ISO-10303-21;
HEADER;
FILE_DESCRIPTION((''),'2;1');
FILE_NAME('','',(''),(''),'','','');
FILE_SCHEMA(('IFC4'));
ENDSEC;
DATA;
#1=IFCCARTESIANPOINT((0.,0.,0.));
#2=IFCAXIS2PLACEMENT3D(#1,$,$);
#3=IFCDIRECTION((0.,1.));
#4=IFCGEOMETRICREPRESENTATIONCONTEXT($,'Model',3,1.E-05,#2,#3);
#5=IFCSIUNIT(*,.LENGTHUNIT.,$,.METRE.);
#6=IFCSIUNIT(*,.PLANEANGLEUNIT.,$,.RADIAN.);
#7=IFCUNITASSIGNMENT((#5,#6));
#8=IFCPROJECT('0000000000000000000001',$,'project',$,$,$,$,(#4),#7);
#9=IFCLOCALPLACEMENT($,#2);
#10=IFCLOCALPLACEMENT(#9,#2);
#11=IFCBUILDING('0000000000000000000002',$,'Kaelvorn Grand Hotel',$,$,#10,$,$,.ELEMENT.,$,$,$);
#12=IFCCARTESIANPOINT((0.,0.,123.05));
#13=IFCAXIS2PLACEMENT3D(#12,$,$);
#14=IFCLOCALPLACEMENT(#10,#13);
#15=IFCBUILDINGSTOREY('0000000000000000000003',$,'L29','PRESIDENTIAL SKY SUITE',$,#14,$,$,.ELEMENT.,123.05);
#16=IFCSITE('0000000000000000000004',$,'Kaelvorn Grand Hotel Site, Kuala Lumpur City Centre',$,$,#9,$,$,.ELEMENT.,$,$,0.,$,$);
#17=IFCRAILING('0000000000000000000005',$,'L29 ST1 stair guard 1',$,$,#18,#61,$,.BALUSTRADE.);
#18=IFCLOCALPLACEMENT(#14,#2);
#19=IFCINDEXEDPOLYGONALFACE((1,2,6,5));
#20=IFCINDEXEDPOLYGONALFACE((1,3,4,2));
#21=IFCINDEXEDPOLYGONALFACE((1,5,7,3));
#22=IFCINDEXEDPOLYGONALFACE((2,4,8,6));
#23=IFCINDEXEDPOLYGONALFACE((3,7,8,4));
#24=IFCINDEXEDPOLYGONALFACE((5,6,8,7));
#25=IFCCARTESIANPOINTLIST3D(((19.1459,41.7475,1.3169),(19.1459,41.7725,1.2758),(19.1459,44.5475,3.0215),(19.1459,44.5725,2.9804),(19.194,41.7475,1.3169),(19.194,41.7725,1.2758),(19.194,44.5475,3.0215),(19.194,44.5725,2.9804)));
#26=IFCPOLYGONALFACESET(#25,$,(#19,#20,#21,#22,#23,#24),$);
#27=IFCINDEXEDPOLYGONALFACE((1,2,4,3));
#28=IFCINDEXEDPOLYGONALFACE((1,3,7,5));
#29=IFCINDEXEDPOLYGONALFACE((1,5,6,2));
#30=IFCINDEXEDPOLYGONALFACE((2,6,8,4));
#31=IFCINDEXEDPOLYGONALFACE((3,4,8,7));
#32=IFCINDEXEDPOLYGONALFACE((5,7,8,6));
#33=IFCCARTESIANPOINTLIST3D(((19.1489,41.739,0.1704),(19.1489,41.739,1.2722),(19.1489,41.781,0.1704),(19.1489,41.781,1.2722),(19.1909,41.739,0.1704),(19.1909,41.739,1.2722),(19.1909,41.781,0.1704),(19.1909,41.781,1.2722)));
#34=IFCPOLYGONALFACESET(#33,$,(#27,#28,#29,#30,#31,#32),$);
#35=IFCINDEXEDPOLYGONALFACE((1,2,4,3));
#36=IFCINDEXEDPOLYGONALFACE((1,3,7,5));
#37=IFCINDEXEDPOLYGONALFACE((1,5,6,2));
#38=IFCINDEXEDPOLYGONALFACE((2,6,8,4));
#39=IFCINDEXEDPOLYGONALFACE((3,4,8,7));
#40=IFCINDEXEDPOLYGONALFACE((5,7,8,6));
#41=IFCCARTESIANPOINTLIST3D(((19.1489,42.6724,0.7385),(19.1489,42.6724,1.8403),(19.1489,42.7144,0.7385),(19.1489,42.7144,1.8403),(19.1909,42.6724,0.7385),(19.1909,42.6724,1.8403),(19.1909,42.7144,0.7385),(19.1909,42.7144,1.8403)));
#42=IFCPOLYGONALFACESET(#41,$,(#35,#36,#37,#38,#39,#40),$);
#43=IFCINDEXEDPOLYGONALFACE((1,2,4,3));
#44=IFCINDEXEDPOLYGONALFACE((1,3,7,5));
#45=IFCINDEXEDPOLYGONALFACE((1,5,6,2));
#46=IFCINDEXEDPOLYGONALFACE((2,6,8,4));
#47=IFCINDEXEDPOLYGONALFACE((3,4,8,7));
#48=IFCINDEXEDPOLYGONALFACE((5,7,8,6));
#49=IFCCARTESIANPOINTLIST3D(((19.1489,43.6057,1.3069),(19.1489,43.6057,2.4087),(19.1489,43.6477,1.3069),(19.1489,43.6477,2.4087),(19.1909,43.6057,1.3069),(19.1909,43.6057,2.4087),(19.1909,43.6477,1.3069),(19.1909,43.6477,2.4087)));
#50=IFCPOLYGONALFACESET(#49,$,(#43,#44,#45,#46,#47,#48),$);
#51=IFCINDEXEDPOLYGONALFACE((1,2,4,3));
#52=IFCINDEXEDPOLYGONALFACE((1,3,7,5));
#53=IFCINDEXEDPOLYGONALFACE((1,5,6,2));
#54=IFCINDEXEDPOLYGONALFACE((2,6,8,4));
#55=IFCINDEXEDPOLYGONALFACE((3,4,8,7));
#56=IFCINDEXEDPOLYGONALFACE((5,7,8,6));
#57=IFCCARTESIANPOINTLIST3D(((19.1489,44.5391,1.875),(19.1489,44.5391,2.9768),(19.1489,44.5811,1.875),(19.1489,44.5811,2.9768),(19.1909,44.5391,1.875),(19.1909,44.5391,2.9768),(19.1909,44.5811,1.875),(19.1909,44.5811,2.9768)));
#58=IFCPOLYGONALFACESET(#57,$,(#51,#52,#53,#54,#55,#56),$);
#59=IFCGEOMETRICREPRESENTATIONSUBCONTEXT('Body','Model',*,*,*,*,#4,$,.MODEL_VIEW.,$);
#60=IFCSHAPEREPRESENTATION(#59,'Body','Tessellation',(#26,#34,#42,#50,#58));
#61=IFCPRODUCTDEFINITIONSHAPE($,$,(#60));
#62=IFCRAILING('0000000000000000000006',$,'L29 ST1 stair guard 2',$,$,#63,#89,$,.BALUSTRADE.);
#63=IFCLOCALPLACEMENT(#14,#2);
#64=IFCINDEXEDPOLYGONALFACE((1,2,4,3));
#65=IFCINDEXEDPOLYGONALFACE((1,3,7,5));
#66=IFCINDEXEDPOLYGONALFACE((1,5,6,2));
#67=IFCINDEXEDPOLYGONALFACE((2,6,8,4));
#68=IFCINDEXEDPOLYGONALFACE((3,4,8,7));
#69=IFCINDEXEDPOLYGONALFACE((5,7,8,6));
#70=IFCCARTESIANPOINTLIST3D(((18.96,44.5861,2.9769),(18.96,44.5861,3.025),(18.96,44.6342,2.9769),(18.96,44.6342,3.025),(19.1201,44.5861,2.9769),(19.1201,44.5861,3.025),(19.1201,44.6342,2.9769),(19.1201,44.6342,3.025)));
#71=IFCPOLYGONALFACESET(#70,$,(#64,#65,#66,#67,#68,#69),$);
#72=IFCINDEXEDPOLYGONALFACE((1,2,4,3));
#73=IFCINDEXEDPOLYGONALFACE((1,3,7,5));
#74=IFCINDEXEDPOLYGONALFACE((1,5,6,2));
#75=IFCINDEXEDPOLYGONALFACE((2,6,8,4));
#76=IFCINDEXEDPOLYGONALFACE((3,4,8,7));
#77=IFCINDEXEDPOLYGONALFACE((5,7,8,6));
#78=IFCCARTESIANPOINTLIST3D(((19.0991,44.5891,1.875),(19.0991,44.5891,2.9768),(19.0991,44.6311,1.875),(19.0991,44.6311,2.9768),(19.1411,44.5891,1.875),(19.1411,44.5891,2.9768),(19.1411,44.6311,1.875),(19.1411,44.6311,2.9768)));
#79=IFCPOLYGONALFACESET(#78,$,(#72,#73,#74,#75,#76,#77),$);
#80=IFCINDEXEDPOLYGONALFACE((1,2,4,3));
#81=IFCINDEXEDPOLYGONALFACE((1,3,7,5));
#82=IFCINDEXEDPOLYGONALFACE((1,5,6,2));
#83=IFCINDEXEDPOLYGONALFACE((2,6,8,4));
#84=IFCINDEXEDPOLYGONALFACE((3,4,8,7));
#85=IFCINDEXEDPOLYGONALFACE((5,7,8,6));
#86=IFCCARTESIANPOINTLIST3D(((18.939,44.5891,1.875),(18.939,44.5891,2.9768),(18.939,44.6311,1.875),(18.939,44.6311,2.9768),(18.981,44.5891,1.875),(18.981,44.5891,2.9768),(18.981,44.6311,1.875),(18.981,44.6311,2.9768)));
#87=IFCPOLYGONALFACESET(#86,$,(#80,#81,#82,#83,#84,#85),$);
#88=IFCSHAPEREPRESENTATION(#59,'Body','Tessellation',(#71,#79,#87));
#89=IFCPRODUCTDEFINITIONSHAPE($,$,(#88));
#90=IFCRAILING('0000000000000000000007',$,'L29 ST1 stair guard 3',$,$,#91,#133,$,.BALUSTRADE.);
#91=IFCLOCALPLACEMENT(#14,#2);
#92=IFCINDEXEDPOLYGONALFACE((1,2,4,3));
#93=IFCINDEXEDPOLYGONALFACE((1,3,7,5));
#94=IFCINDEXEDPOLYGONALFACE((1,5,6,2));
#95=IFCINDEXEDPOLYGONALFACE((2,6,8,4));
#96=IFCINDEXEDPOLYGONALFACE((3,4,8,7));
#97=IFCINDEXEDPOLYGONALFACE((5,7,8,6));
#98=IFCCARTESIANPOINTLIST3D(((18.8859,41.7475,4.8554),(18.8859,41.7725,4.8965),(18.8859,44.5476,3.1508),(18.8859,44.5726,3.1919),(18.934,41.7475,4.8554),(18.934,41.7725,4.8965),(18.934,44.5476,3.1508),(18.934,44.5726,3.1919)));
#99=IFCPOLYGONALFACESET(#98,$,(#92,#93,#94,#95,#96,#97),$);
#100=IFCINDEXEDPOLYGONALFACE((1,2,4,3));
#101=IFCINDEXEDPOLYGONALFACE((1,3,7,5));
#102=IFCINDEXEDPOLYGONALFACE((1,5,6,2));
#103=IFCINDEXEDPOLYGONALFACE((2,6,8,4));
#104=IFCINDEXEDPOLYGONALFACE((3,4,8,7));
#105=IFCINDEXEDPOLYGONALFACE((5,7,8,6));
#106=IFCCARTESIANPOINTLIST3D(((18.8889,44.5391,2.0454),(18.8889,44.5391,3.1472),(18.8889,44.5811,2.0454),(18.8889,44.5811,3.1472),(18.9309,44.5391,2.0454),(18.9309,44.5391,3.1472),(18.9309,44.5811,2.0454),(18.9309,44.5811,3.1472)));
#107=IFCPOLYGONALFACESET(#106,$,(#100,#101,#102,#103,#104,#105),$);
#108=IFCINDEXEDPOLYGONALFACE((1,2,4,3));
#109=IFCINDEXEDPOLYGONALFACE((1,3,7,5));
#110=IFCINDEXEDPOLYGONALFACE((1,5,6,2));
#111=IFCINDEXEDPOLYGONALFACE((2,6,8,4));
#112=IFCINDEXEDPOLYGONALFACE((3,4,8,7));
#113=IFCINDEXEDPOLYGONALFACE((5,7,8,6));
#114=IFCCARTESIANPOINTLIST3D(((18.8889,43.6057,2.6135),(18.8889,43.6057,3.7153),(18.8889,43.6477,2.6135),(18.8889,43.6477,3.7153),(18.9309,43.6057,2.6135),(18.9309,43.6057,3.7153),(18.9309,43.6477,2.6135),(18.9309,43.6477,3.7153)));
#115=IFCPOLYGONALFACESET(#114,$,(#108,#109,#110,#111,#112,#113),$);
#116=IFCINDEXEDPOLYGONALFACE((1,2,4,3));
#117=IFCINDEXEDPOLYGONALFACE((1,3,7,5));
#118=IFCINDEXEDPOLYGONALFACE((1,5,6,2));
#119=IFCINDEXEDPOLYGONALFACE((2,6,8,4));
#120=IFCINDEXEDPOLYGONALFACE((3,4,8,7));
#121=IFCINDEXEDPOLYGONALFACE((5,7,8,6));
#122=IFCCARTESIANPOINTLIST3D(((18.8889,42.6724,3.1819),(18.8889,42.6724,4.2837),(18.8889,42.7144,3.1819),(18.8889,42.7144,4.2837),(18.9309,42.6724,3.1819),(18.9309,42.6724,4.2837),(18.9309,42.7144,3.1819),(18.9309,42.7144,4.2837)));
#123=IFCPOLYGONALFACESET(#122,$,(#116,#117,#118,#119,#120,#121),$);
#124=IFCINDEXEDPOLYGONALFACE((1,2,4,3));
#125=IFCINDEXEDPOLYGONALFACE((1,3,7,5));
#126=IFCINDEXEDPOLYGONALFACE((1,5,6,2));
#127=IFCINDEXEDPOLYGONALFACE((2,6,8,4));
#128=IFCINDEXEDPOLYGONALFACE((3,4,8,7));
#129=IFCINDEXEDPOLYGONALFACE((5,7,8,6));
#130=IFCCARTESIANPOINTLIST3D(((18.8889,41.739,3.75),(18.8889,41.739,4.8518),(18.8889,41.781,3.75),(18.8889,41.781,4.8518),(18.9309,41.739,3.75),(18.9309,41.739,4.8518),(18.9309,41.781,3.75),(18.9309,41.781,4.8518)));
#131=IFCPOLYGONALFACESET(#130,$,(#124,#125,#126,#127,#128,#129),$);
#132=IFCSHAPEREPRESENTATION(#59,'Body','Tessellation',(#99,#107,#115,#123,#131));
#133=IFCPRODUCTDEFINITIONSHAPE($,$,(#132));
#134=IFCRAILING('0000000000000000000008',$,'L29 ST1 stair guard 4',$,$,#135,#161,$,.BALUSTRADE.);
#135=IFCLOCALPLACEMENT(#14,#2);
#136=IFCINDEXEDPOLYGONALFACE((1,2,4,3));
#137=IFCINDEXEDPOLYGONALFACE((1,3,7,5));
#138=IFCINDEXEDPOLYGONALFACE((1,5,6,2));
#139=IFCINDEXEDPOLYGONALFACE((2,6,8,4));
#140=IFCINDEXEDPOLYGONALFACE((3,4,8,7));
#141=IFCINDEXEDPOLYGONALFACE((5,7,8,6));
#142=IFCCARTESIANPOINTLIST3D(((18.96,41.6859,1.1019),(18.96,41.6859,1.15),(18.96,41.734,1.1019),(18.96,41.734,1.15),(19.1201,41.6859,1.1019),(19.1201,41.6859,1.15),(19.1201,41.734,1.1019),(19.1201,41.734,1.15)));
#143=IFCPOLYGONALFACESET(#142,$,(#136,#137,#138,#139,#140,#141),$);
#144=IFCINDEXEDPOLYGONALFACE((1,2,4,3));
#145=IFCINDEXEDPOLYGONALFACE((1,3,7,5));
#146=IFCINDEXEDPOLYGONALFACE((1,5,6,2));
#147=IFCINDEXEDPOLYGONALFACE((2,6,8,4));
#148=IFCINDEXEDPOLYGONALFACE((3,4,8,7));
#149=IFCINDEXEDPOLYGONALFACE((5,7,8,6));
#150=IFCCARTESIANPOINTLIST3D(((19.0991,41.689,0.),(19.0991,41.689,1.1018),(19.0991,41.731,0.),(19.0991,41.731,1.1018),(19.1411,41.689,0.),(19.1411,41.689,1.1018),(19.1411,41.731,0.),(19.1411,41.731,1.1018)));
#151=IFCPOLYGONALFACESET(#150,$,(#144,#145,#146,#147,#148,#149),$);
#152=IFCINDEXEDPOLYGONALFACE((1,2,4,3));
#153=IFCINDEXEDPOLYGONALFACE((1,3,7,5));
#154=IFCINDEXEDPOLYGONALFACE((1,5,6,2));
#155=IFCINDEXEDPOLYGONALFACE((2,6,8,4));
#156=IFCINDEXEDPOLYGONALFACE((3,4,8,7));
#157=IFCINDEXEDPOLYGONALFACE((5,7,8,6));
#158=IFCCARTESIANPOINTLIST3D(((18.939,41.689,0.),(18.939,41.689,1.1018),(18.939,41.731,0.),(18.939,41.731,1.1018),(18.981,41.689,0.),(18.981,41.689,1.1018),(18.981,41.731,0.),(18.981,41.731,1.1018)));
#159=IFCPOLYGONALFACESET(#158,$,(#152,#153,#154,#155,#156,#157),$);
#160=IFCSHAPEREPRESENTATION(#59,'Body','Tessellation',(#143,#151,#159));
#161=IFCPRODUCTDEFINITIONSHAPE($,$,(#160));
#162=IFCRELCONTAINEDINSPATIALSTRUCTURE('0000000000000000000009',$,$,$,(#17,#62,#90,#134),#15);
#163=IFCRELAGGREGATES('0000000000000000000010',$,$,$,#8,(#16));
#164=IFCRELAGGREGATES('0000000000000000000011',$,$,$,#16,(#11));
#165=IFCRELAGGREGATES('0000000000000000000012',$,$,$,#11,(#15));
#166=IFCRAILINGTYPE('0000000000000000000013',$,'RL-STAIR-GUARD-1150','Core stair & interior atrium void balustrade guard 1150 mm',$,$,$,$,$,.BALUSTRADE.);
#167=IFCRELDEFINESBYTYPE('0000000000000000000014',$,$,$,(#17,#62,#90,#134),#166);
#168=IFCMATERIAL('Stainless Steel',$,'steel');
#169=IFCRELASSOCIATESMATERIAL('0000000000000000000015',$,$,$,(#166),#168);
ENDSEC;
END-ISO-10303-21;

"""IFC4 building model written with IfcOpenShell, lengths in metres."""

from ifc_helpers import new_model, si_unit, direction, frame, origin, origin_2d, place, context, subcontext, project, spatial, rectangle, extrude, material, type_object, element, save


model = new_model("IFC4")

# Units and contexts
model_context = context("Model", 3, precision=1e-05, world=origin(), true_north=direction((0.0, 1.0)))
body_context = subcontext(model_context, "Body", "Model", "MODEL_VIEW")
ifc_project = project(units=[si_unit("LENGTHUNIT", "METRE"), si_unit("PLANEANGLEUNIT", "RADIAN")], contexts=[model_context])

# Site, building, storey
site_placement = place(None, origin())
site = spatial("IfcSite", under=ifc_project, at=site_placement, Name="Kaelvorn Grand Hotel Site, Kuala Lumpur City Centre", CompositionType="ELEMENT", RefElevation=0.0)
building_placement = place(site_placement, origin())
building = spatial("IfcBuilding", under=site, at=building_placement, Name="Kaelvorn Grand Hotel", CompositionType="ELEMENT")
storey_placement = place(building_placement, frame((0.0, 0.0, 123.05)))
storey = spatial("IfcBuildingStorey", under=building, at=storey_placement, Name="L29", Description="PRESIDENTIAL SKY SUITE", CompositionType="ELEMENT", Elevation=123.05)

# Shared definitions
ifc_material_1 = material(Name="Stainless Steel", Category="steel")

# Railings
railing_type_1 = type_object("IfcRailingType", Name="RL-STAIR-GUARD-1150", Description="Core stair & interior atrium void balustrade guard 1150 mm", PredefinedType="BALUSTRADE", material=ifc_material_1)
railing_1_placement = place(storey_placement, frame((19.1699, 41.76, 0.1704)))
element("IfcRailing", 1, at=railing_1_placement, inside=storey, type_object=railing_type_1, Name="L29 ST1 stair guard 1", PredefinedType="BALUSTRADE", context=body_context, shape_type="SweptSolid", body=[
    extrude(rectangle(XDim=0.0481, YDim=0.0481, at=origin_2d()), frame((0.0, 0.0, 1.126), z_axis=(0.0, 0.85417, 0.519994), x_axis=(-1.0, 0.0, 0.0)), (0.0, 0.0, 1.0), 3.2781),
    extrude(rectangle(XDim=0.042, YDim=0.042, at=origin_2d()), origin(), (0.0, 0.0, 1.0), 1.1018),
    extrude(rectangle(XDim=0.042, YDim=0.042, at=origin_2d()), frame((0.0, 0.9333, 0.5681)), (0.0, 0.0, 1.0), 1.1018),
    extrude(rectangle(XDim=0.042, YDim=0.042, at=origin_2d()), frame((0.0, 1.8667, 1.1365)), (0.0, 0.0, 1.0), 1.1018),
    extrude(rectangle(XDim=0.042, YDim=0.042, at=origin_2d()), frame((0.0, 2.8, 1.7046)), (0.0, 0.0, 1.0), 1.1018),
])
railing_2_placement = place(storey_placement, frame((19.1201, 44.6101, 1.875)))
element("IfcRailing", 2, at=railing_2_placement, inside=storey, type_object=railing_type_1, Name="L29 ST1 stair guard 2", PredefinedType="BALUSTRADE", context=body_context, shape_type="SweptSolid", body=[
    extrude(rectangle(XDim=0.0481, YDim=0.0481, at=origin_2d()), frame((0.0, 0.0, 1.126), z_axis=(-1.0, 0.0, 0.0), x_axis=(0.0, -1.0, 0.0)), (0.0, 0.0, 1.0), 0.1602),
    extrude(rectangle(XDim=0.042, YDim=0.042, at=origin_2d()), origin(), (0.0, 0.0, 1.0), 1.1018),
    extrude(rectangle(XDim=0.042, YDim=0.042, at=origin_2d()), frame((-0.1602, 0.0, 0.0)), (0.0, 0.0, 1.0), 1.1018),
])
railing_3_placement = place(storey_placement, frame((18.9099, 44.5601, 2.0454)))
element("IfcRailing", 3, at=railing_3_placement, inside=storey, type_object=railing_type_1, Name="L29 ST1 stair guard 3", PredefinedType="BALUSTRADE", context=body_context, shape_type="SweptSolid", body=[
    extrude(rectangle(XDim=0.0481, YDim=0.0481, at=origin_2d()), frame((0.0, 0.0, 1.126), z_axis=(0.0, -0.85417, 0.519994), x_axis=(1.0, 0.0, 0.0)), (0.0, 0.0, 1.0), 3.2781),
    extrude(rectangle(XDim=0.042, YDim=0.042, at=origin_2d()), origin(), (0.0, 0.0, 1.0), 1.1018),
    extrude(rectangle(XDim=0.042, YDim=0.042, at=origin_2d()), frame((0.0, -0.9333, 0.5681)), (0.0, 0.0, 1.0), 1.1018),
    extrude(rectangle(XDim=0.042, YDim=0.042, at=origin_2d()), frame((0.0, -1.8667, 1.1365)), (0.0, 0.0, 1.0), 1.1018),
    extrude(rectangle(XDim=0.042, YDim=0.042, at=origin_2d()), frame((0.0, -2.8, 1.7046)), (0.0, 0.0, 1.0), 1.1018),
])
railing_4_placement = place(storey_placement, frame((19.1201, 41.71, 0.0)))
element("IfcRailing", 4, at=railing_4_placement, inside=storey, type_object=railing_type_1, Name="L29 ST1 stair guard 4", PredefinedType="BALUSTRADE", context=body_context, shape_type="SweptSolid", body=[
    extrude(rectangle(XDim=0.0481, YDim=0.0481, at=origin_2d()), frame((0.0, 0.0, 1.126), z_axis=(-1.0, 0.0, 0.0), x_axis=(0.0, -1.0, 0.0)), (0.0, 0.0, 1.0), 0.1602),
    extrude(rectangle(XDim=0.042, YDim=0.042, at=origin_2d()), origin(), (0.0, 0.0, 1.0), 1.1018),
    extrude(rectangle(XDim=0.042, YDim=0.042, at=origin_2d()), frame((-0.1602, 0.0, 0.0)), (0.0, 0.0, 1.0), 1.1018),
])

save(model, "model.ifc")
